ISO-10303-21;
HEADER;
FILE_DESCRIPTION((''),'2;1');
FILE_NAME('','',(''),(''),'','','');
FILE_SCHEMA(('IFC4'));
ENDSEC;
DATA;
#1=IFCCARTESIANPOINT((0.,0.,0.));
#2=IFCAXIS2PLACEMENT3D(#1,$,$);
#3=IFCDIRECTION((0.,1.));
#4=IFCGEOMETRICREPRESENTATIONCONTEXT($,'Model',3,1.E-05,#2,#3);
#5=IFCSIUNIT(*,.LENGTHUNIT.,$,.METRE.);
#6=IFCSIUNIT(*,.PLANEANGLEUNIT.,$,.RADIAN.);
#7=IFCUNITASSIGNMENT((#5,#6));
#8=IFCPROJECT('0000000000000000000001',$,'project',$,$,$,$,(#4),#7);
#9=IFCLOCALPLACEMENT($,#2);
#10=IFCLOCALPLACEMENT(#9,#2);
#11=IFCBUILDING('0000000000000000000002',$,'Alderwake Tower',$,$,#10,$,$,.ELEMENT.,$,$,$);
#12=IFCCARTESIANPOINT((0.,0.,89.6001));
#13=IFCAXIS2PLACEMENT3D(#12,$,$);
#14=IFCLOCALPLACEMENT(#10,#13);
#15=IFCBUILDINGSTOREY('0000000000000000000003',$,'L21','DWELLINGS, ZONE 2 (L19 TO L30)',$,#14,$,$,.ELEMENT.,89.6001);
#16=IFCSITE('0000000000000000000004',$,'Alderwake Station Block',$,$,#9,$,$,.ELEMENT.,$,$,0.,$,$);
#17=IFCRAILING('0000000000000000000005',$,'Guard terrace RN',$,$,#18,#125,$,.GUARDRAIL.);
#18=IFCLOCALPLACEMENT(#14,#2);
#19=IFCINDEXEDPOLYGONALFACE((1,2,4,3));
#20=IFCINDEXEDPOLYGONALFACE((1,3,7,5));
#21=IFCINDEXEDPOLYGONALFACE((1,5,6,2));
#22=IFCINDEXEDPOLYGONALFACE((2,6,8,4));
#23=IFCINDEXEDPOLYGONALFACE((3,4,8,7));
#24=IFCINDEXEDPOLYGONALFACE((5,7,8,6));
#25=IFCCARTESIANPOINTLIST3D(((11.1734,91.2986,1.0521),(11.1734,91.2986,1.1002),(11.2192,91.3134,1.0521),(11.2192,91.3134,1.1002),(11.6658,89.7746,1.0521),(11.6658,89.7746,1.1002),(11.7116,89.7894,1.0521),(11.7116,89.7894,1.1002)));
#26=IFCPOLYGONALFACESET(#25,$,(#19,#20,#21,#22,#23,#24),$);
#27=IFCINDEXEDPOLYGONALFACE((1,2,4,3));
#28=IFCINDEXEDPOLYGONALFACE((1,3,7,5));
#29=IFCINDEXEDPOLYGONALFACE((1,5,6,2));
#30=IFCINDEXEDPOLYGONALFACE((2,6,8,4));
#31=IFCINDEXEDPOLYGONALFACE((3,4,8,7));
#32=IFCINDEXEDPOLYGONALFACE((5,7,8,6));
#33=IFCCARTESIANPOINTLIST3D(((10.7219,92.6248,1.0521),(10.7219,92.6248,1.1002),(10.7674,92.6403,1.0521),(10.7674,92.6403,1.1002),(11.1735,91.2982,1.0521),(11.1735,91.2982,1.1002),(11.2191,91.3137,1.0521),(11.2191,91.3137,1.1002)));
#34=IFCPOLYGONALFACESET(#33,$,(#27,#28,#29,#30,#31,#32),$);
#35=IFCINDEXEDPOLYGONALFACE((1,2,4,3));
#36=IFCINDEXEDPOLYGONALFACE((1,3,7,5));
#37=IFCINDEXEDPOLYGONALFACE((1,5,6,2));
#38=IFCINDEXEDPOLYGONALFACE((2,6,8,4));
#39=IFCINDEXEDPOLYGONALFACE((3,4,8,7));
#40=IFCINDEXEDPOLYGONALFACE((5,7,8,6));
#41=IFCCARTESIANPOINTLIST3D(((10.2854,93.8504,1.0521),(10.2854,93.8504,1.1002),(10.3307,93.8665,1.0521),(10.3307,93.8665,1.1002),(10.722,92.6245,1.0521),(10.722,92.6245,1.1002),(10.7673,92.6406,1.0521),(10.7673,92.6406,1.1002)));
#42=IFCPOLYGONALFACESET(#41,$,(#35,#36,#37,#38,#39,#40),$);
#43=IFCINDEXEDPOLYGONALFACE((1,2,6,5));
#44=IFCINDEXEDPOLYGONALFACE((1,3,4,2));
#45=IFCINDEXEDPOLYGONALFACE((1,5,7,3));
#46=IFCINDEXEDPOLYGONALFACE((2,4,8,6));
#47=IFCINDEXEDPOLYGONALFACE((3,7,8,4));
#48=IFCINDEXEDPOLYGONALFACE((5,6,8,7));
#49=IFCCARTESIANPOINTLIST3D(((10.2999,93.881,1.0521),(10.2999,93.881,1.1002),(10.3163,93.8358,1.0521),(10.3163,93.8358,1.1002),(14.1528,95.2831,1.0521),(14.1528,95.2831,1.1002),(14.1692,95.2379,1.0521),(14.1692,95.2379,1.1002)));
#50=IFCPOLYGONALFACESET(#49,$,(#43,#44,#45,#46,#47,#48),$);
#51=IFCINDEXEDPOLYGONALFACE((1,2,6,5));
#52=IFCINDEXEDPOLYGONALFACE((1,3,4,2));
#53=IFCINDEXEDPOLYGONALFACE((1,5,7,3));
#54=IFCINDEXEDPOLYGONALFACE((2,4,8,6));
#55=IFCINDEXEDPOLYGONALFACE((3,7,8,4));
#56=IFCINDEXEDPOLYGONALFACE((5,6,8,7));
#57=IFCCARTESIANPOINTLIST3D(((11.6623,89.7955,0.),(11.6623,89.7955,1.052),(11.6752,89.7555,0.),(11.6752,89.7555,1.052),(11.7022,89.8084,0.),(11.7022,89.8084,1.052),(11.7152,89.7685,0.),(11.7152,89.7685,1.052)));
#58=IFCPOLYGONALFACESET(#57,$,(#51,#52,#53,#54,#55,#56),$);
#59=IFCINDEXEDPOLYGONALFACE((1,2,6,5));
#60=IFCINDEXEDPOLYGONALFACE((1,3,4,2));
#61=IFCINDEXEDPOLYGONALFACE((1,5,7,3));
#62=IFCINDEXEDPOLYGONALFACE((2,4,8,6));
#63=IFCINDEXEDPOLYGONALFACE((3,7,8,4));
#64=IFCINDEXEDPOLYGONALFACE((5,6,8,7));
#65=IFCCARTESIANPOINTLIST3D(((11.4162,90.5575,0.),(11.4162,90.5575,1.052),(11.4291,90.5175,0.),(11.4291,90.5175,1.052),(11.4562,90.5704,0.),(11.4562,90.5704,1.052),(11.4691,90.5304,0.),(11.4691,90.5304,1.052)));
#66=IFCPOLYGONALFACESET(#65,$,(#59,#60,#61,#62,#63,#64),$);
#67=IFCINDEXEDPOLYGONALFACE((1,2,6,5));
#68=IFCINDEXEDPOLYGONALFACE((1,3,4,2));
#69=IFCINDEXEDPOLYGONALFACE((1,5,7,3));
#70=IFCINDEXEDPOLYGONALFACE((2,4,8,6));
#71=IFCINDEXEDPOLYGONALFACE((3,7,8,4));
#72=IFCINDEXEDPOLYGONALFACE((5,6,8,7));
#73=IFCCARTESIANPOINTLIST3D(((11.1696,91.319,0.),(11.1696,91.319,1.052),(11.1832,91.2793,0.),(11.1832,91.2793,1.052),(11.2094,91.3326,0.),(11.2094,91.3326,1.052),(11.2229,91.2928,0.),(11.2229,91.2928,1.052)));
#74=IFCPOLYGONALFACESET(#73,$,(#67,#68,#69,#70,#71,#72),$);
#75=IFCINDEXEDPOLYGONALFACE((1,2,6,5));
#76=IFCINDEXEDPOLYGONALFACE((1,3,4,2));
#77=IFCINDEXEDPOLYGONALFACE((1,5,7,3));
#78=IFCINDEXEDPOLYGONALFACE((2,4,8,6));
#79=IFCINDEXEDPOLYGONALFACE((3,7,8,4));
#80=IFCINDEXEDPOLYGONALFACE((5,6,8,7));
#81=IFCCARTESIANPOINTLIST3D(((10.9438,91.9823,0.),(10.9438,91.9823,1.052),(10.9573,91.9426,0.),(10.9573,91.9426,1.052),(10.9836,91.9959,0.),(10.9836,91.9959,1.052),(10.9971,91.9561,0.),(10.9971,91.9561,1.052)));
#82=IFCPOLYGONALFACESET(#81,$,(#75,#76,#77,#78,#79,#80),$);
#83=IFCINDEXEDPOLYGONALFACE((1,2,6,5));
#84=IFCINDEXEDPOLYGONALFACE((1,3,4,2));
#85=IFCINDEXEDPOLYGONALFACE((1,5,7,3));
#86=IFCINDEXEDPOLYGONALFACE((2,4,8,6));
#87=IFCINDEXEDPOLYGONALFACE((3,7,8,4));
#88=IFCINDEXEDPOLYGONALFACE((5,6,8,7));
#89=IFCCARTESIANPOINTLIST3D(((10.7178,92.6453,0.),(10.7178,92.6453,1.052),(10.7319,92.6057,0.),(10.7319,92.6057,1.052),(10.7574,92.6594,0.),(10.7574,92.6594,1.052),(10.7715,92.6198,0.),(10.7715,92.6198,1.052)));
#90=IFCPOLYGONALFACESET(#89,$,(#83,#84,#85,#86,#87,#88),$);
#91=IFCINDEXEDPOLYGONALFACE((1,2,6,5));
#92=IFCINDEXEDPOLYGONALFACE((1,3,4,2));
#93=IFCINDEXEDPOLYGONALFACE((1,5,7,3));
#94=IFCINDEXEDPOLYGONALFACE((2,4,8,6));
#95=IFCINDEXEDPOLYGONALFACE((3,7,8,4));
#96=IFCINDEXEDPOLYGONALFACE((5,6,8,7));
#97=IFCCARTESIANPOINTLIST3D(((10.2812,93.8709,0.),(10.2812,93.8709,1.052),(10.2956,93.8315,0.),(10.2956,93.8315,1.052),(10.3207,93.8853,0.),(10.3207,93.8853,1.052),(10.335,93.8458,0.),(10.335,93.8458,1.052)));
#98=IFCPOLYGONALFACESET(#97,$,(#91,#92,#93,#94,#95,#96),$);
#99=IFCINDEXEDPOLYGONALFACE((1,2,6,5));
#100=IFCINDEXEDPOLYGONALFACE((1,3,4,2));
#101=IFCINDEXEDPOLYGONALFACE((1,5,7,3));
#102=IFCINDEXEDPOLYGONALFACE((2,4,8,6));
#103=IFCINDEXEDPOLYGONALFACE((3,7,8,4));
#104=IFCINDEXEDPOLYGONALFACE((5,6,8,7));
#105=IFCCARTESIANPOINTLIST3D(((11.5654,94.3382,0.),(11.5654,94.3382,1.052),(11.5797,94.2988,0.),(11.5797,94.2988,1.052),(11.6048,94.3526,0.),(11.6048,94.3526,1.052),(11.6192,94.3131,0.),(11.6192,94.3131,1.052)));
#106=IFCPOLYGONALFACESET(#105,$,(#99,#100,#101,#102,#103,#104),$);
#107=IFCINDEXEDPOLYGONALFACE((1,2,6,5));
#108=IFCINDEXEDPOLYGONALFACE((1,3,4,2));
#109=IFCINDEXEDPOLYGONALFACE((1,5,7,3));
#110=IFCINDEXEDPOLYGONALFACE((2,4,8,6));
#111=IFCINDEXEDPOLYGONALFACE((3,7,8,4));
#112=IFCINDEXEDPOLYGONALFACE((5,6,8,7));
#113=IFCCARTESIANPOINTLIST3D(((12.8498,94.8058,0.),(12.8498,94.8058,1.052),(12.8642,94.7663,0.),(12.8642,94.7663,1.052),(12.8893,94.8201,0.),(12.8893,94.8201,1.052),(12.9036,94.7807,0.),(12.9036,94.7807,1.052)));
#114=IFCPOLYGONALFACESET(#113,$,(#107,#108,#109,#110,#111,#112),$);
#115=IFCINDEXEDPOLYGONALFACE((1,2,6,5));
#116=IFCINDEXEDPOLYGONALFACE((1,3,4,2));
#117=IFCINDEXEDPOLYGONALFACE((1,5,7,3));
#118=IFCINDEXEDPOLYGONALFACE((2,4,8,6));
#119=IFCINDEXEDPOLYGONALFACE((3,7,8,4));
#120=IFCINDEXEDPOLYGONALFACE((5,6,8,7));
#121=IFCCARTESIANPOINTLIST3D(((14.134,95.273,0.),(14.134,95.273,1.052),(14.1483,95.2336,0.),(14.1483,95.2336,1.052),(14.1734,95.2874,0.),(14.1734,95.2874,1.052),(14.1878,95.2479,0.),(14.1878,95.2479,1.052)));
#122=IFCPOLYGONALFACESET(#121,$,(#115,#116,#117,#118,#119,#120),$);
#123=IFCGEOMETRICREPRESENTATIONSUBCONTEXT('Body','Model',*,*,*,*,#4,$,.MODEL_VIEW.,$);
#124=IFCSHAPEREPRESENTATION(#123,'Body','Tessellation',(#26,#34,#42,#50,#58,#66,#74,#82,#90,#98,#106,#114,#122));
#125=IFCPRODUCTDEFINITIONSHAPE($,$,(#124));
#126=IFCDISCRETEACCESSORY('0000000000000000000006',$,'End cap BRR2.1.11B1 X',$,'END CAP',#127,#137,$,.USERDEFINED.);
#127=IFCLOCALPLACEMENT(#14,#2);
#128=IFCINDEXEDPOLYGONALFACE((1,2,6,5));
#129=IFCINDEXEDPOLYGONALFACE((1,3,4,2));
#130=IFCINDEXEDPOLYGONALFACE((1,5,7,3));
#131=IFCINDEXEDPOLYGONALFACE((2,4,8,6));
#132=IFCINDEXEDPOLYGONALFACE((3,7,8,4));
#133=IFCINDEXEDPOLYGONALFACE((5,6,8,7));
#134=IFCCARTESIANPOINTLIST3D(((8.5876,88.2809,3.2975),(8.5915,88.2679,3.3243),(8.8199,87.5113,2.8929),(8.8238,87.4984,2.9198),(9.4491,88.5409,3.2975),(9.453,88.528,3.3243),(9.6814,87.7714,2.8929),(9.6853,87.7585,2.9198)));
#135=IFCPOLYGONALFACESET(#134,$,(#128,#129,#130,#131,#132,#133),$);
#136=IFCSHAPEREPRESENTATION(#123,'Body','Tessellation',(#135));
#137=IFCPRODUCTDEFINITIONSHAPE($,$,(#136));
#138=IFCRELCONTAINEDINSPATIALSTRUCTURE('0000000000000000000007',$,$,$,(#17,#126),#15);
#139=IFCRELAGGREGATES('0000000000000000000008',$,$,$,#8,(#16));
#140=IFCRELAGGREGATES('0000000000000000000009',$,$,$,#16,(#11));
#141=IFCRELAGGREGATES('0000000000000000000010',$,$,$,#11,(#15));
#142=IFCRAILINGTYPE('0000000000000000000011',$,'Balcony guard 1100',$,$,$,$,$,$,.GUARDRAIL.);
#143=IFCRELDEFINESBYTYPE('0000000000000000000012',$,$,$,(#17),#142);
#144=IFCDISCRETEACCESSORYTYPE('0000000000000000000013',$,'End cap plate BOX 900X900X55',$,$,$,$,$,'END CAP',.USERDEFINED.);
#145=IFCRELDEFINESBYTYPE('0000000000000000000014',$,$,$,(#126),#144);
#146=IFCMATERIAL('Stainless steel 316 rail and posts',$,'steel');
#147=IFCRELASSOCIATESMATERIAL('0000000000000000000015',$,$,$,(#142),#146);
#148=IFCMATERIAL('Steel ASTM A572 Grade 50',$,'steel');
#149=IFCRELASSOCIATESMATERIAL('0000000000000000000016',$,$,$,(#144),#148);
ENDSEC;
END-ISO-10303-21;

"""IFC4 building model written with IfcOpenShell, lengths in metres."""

from ifc_helpers import new_model, si_unit, direction, frame, origin, origin_2d, place, context, subcontext, project, spatial, rectangle, extrude, material, material_profile, profile_set, type_object, element, save


model = new_model("IFC4")

# Units and contexts
model_context = context("Model", 3, precision=1e-05, world=origin(), true_north=direction((0.0, 1.0)))
body_context = subcontext(model_context, "Body", "Model", "MODEL_VIEW")
ifc_project = project(units=[si_unit("LENGTHUNIT", "METRE"), si_unit("PLANEANGLEUNIT", "RADIAN")], contexts=[model_context])

# Site, building, storey
site_placement = place(None, origin())
site = spatial("IfcSite", under=ifc_project, at=site_placement, Name="Alderwake Station Block", CompositionType="ELEMENT", RefElevation=0.0)
building_placement = place(site_placement, origin())
building = spatial("IfcBuilding", under=site, at=building_placement, Name="Alderwake Tower", CompositionType="ELEMENT")
storey_placement = place(building_placement, frame((0.0, 0.0, 89.6001)))
storey = spatial("IfcBuildingStorey", under=building, at=storey_placement, Name="L21", Description="DWELLINGS, ZONE 2 (L19 TO L30)", CompositionType="ELEMENT", Elevation=89.6001)

# Railing
ifc_material_1 = material(Name="Stainless steel 316 rail and posts", Category="steel")
railing_type = type_object("IfcRailingType", Name="Balcony guard 1100", PredefinedType="GUARDRAIL", material=ifc_material_1)
railing_1_placement = place(storey_placement, frame((11.6887, 89.782, 0.0)))
element("IfcRailing", 1, at=railing_1_placement, inside=storey, type_object=railing_type, Name="Guard terrace RN", PredefinedType="GUARDRAIL", context=body_context, shape_type="SweptSolid", body=[
    extrude(rectangle(XDim=0.0481, YDim=0.0481, at=origin_2d()), frame((0.0, 0.0, 1.0762), z_axis=(-0.307479, 0.951555, 0.0), x_axis=(-0.951555, -0.307479, 0.0)), (0.0, 0.0, 1.0), 1.6016),
    extrude(rectangle(XDim=0.0481, YDim=0.0481, at=origin_2d()), frame((-0.4924, 1.5239, 1.0762), z_axis=(-0.322284, 0.946643, 0.0), x_axis=(-0.946643, -0.322284, 0.0)), (0.0, 0.0, 1.0), 1.4014),
    extrude(rectangle(XDim=0.0481, YDim=0.0481, at=origin_2d()), frame((-0.9441, 2.8506, 1.0762), z_axis=(-0.335469, 0.942051, 0.0), x_axis=(-0.942051, -0.335469, 0.0)), (0.0, 0.0, 1.0), 1.3013),
    extrude(rectangle(XDim=0.0481, YDim=0.0481, at=origin_2d()), frame((-1.3806, 4.0764, 1.0762), z_axis=(0.939708, 0.341977, 0.0), x_axis=(-0.341977, 0.939708, 0.0)), (0.0, 0.0, 1.0), 4.1001),
    extrude(rectangle(XDim=0.042, YDim=0.042, at=origin_2d()), frame((0.0, 0.0, 0.0), z_axis=(0.0, 0.0, 1.0), x_axis=(-0.307479, 0.951555, 0.0)), (0.0, 0.0, 1.0), 1.052),
    extrude(rectangle(XDim=0.042, YDim=0.042, at=origin_2d()), frame((-0.2461, 0.762, 0.0), z_axis=(0.0, 0.0, 1.0), x_axis=(-0.307479, 0.951555, 0.0)), (0.0, 0.0, 1.0), 1.052),
    extrude(rectangle(XDim=0.042, YDim=0.042, at=origin_2d()), frame((-0.4924, 1.5239, 0.0), z_axis=(0.0, 0.0, 1.0), x_axis=(-0.322284, 0.946643, 0.0)), (0.0, 0.0, 1.0), 1.052),
    extrude(rectangle(XDim=0.042, YDim=0.042, at=origin_2d()), frame((-0.7183, 2.1873, 0.0), z_axis=(0.0, 0.0, 1.0), x_axis=(-0.322284, 0.946643, 0.0)), (0.0, 0.0, 1.0), 1.052),
    extrude(rectangle(XDim=0.042, YDim=0.042, at=origin_2d()), frame((-0.9441, 2.8506, 0.0), z_axis=(0.0, 0.0, 1.0), x_axis=(-0.335469, 0.942051, 0.0)), (0.0, 0.0, 1.0), 1.052),
    extrude(rectangle(XDim=0.042, YDim=0.042, at=origin_2d()), frame((-1.3806, 4.0764, 0.0), z_axis=(0.0, 0.0, 1.0), x_axis=(0.939708, 0.341977, 0.0)), (0.0, 0.0, 1.0), 1.052),
    extrude(rectangle(XDim=0.042, YDim=0.042, at=origin_2d()), frame((-0.0964, 4.5437, 0.0), z_axis=(0.0, 0.0, 1.0), x_axis=(0.939708, 0.341977, 0.0)), (0.0, 0.0, 1.0), 1.052),
    extrude(rectangle(XDim=0.042, YDim=0.042, at=origin_2d()), frame((1.188, 5.0112, 0.0), z_axis=(0.0, 0.0, 1.0), x_axis=(0.939708, 0.341977, 0.0)), (0.0, 0.0, 1.0), 1.052),
    extrude(rectangle(XDim=0.042, YDim=0.042, at=origin_2d()), frame((2.4722, 5.4785, 0.0), z_axis=(0.0, 0.0, 1.0), x_axis=(0.939708, 0.341977, 0.0)), (0.0, 0.0, 1.0), 1.052),
])

# Discrete accessory
ifc_material_2 = material(Name="Steel ASTM A572 Grade 50", Category="steel")
ifc_material_profile_1 = material_profile(ifc_material_2, rectangle(XDim=0.8999, YDim=0.8999, at=origin_2d()), Name="BOX 900X900X55 cap")
ifc_profile_set_1 = profile_set([ifc_material_profile_1], Name="Steel ASTM A572 Grade 50")
discrete_accessory_type = type_object("IfcDiscreteAccessoryType", Name="End cap plate BOX 900X900X55", ElementType="END CAP", PredefinedType="USERDEFINED", material=ifc_profile_set_1)
discrete_accessory_placement = place(storey_placement, frame((9.1345, 88.0261, 3.0952), z_axis=(0.129927, -0.430383, 0.893247), x_axis=(0.957328, 0.289005, 0.0)))
element("IfcDiscreteAccessory", 2, at=discrete_accessory_placement, inside=storey, type_object=discrete_accessory_type, Name="End cap BRR2.1.11B1 X", ObjectType="END CAP", PredefinedType="USERDEFINED", context=body_context, shape_type="SweptSolid", body=[
    extrude(rectangle(XDim=0.8999, YDim=0.8999, at=origin_2d()), origin(), (0.0, 0.0, 1.0), 0.03),
])

save(model, "model.ifc")
